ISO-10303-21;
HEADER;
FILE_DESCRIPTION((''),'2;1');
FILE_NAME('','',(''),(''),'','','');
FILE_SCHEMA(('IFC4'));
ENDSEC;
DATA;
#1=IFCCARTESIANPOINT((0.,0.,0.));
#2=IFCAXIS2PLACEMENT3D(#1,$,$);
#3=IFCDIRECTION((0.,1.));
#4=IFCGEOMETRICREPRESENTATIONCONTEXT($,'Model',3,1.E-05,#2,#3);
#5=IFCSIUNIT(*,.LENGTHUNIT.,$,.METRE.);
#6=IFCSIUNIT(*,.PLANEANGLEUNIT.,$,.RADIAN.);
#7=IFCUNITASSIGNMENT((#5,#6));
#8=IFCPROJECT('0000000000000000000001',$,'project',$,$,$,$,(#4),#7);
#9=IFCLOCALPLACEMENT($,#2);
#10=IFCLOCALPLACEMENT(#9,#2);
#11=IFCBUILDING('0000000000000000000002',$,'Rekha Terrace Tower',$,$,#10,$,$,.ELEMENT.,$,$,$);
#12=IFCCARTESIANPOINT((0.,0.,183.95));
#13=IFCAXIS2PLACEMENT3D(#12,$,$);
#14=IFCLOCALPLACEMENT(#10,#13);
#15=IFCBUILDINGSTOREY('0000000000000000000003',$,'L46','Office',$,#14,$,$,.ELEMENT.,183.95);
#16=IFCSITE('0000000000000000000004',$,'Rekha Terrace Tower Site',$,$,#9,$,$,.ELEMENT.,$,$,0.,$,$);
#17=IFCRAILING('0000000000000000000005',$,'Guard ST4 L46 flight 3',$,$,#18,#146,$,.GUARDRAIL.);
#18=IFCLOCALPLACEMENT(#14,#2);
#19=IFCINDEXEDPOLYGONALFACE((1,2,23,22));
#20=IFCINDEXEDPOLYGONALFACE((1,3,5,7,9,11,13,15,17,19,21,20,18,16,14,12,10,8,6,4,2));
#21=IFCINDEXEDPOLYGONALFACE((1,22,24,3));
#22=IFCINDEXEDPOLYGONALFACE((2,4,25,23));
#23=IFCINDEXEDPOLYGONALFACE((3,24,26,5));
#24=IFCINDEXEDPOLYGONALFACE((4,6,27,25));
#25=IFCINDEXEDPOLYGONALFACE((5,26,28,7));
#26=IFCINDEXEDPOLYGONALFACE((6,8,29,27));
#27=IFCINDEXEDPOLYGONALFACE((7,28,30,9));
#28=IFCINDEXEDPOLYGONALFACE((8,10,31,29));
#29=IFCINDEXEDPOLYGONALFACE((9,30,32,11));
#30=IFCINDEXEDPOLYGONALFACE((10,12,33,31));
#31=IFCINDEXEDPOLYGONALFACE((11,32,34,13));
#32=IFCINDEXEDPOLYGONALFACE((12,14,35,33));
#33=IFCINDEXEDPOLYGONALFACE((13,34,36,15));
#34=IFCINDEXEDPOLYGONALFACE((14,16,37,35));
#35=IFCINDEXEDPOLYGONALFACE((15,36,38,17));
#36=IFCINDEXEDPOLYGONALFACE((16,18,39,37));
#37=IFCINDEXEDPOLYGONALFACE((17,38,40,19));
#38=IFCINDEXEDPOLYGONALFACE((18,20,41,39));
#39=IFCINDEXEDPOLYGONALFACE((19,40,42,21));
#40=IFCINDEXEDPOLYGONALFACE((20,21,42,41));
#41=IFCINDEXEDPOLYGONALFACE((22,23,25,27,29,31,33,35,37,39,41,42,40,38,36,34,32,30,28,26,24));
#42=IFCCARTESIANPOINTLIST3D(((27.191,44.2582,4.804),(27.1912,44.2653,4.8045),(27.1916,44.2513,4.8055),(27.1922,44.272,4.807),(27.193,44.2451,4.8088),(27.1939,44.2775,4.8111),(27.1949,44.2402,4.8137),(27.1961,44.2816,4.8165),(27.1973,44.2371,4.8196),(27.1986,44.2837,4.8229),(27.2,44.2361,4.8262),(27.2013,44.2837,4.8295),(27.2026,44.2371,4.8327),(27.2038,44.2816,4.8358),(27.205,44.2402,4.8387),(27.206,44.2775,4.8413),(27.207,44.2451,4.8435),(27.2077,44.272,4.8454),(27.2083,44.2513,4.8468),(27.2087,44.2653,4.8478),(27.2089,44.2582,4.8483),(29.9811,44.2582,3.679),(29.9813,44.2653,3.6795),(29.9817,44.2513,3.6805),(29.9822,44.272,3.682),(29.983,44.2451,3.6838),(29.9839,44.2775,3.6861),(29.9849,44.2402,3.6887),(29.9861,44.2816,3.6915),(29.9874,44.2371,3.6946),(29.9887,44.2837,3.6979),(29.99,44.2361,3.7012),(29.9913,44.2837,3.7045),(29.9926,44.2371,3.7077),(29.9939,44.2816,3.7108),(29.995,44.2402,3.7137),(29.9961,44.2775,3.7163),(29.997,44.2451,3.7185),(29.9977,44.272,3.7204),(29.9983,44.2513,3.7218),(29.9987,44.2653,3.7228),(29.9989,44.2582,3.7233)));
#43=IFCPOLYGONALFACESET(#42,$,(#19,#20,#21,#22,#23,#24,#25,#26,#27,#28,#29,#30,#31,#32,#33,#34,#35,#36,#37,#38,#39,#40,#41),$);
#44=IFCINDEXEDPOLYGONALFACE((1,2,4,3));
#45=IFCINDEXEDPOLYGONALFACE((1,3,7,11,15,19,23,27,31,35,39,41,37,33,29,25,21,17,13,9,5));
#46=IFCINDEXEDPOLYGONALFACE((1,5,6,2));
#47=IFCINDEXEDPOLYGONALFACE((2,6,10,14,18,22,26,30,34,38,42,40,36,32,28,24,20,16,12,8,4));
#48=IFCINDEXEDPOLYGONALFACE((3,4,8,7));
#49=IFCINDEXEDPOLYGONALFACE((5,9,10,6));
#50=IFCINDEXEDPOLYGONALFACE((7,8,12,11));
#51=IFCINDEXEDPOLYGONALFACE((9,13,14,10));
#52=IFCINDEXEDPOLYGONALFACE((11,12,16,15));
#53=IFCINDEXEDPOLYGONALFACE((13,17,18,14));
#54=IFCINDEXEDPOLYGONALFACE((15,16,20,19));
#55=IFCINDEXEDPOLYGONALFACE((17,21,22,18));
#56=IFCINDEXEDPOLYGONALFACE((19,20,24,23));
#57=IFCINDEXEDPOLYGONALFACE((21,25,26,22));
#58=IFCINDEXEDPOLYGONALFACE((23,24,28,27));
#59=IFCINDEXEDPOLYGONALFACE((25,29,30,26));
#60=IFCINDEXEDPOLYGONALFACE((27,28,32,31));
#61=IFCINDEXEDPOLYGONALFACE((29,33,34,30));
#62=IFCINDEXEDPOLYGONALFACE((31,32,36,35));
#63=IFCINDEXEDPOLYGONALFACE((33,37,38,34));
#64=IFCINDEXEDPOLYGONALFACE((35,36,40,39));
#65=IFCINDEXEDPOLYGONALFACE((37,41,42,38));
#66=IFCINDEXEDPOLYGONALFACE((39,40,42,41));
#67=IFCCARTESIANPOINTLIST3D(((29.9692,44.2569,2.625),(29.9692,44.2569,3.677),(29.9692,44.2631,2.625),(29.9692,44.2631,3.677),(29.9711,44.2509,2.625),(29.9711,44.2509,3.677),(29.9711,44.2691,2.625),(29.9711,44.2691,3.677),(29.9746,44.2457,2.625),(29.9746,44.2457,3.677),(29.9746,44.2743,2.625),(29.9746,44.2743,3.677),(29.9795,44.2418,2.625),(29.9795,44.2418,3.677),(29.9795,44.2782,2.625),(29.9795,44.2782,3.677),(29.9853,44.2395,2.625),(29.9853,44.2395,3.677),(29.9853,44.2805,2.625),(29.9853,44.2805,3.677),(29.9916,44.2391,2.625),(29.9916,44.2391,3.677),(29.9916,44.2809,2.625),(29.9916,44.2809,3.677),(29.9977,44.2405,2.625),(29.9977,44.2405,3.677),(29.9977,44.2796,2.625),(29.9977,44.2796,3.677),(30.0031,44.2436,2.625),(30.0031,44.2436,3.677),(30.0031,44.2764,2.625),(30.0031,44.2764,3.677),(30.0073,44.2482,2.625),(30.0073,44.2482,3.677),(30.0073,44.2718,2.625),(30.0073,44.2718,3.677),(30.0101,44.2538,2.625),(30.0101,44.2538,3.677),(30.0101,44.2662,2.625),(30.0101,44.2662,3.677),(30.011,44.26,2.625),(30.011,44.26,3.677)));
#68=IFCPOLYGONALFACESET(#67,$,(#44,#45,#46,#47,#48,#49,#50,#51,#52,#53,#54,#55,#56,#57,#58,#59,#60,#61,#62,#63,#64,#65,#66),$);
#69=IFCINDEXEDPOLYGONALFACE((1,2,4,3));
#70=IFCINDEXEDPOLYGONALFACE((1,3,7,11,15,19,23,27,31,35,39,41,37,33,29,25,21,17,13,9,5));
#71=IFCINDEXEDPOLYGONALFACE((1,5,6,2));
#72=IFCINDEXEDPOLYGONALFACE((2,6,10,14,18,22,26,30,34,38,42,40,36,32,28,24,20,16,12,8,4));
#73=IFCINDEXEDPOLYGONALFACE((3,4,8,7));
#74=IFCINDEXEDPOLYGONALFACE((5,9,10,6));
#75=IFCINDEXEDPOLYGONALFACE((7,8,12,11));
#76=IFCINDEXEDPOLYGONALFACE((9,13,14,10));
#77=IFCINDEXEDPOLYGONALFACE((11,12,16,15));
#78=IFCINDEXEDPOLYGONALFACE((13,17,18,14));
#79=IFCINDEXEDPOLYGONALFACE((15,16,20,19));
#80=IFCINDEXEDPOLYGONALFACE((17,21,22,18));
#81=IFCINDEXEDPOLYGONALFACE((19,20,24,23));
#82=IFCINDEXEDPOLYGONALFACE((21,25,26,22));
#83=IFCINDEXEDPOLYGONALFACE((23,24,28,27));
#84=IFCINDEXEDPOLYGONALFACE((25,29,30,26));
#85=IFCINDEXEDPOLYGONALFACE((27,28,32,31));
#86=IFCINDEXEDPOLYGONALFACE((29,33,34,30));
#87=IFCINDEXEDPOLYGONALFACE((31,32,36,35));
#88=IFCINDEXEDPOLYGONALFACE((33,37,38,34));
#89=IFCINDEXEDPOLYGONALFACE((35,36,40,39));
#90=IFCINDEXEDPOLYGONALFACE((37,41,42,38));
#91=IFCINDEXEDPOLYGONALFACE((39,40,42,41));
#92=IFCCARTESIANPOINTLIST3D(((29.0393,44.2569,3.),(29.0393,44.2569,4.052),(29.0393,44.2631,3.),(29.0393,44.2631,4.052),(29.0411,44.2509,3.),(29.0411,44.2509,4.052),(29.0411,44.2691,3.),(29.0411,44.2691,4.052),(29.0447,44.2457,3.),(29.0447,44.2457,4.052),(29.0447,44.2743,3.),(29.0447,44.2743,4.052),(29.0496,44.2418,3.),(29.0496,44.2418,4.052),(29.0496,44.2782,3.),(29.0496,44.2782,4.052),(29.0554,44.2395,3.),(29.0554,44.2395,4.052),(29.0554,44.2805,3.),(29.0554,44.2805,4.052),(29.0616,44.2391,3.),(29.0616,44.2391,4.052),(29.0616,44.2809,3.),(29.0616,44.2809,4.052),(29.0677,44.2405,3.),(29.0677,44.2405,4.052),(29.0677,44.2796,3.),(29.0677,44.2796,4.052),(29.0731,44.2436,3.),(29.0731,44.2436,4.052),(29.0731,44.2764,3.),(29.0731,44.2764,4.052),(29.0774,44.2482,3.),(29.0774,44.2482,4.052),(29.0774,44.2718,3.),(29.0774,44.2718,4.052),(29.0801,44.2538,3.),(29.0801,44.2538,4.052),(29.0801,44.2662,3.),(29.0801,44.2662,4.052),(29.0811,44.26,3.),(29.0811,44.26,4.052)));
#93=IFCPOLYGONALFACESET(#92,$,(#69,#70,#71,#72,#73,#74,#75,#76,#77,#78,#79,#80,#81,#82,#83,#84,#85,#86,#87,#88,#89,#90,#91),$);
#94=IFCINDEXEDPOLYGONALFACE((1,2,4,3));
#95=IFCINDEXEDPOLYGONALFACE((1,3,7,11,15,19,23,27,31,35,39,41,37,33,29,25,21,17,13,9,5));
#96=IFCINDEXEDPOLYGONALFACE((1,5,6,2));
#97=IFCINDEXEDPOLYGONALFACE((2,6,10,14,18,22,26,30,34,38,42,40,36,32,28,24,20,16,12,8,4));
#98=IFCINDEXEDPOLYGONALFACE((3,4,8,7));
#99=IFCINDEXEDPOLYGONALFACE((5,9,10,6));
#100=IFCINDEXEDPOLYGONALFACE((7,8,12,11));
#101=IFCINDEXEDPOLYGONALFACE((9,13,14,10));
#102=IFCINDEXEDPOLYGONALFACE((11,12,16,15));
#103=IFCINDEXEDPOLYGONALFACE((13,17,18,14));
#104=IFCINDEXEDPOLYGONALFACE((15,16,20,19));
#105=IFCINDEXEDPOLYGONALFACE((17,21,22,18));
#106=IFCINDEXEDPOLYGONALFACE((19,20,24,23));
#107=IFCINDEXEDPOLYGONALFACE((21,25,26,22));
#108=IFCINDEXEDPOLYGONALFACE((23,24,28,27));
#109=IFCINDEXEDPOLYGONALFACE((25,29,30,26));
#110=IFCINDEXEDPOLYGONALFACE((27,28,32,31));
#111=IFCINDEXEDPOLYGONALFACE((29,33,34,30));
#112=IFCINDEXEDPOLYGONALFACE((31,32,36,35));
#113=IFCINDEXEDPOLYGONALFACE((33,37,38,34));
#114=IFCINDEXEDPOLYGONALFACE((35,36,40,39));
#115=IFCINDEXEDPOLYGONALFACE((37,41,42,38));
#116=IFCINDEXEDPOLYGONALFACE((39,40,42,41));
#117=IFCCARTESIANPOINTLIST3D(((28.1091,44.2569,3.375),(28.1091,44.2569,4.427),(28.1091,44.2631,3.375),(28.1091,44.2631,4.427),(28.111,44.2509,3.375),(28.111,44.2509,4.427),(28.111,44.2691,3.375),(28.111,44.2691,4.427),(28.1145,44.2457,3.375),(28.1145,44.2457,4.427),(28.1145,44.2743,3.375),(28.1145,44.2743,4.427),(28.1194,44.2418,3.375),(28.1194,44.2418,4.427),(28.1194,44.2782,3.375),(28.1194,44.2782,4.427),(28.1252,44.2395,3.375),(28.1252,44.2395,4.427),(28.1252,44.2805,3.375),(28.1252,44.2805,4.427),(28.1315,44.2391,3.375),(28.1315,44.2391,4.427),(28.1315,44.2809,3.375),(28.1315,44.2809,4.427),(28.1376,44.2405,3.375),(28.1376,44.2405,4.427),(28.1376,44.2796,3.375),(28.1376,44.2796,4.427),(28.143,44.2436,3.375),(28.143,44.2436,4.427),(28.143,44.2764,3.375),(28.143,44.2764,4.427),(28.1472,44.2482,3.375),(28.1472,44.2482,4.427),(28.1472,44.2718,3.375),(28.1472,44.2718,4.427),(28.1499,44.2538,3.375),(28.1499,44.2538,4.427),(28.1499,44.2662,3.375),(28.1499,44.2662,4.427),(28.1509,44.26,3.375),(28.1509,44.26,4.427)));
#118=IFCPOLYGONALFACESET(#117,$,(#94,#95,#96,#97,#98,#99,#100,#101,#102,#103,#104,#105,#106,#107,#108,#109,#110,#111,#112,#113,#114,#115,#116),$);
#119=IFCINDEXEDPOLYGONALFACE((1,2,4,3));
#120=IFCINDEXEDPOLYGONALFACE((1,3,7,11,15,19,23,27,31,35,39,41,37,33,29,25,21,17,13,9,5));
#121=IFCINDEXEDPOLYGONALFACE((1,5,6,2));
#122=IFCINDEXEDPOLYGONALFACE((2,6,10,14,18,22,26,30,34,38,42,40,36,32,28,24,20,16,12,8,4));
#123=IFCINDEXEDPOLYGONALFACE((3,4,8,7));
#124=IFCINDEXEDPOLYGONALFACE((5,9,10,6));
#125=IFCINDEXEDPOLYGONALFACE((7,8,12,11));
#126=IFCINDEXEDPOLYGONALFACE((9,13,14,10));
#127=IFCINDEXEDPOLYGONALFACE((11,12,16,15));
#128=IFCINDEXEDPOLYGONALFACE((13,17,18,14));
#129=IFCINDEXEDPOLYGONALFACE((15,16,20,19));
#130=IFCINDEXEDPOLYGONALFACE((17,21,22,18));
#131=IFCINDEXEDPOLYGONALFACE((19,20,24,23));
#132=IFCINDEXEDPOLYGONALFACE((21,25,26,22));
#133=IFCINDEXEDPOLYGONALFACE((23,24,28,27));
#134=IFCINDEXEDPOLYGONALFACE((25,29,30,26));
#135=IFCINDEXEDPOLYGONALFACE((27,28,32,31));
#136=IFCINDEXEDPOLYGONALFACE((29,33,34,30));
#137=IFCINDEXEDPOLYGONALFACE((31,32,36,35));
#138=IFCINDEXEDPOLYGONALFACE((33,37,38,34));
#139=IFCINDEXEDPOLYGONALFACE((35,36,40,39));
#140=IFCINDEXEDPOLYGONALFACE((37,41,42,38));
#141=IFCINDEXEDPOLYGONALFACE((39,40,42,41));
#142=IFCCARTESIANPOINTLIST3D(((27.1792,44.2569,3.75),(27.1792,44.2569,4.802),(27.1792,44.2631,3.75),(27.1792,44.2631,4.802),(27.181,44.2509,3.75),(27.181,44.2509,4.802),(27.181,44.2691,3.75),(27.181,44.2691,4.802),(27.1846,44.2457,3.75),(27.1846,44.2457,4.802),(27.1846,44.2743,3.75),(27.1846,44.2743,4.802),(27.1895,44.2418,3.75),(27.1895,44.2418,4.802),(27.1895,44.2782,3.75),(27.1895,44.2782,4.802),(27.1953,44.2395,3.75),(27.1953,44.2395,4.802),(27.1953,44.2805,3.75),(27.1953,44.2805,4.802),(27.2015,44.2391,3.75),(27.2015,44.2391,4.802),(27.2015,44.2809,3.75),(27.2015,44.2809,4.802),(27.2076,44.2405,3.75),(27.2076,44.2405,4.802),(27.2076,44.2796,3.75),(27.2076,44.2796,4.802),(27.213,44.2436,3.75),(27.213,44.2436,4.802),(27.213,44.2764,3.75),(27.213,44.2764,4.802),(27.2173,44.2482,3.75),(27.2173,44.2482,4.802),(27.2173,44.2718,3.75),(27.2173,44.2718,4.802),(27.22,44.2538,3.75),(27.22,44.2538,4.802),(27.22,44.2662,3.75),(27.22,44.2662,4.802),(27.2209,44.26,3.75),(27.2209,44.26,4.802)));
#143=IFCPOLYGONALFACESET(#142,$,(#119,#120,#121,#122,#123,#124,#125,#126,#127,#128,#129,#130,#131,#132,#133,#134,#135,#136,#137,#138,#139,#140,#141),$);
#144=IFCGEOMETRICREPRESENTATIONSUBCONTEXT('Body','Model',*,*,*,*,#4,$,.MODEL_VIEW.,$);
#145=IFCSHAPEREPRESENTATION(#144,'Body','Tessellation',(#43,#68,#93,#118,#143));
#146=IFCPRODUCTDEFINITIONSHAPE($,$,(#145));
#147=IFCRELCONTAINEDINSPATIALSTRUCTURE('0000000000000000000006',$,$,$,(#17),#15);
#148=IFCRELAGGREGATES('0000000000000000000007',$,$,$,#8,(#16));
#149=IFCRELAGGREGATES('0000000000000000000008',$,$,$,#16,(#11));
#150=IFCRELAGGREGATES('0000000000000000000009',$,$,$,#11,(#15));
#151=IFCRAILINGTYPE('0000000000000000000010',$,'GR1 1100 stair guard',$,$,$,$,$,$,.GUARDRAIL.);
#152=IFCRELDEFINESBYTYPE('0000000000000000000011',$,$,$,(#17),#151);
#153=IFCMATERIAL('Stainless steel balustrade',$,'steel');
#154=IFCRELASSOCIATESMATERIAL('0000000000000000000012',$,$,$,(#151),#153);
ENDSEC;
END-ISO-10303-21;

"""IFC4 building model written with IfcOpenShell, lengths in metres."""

from ifc_helpers import new_model, si_unit, direction, frame, origin, origin_2d, place, context, subcontext, project, spatial, circle, extrude, material, type_object, element, save


model = new_model("IFC4")

# Units and contexts
model_context = context("Model", 3, precision=1e-05, world=origin(), true_north=direction((0.0, 1.0)))
body_context = subcontext(model_context, "Body", "Model", "MODEL_VIEW")
ifc_project = project(units=[si_unit("LENGTHUNIT", "METRE"), si_unit("PLANEANGLEUNIT", "RADIAN")], contexts=[model_context])

# Site, building, storey
site_placement = place(None, origin())
site = spatial("IfcSite", under=ifc_project, at=site_placement, Name="Rekha Terrace Tower Site", CompositionType="ELEMENT", RefElevation=0.0)
building_placement = place(site_placement, origin())
building = spatial("IfcBuilding", under=site, at=building_placement, Name="Rekha Terrace Tower", CompositionType="ELEMENT")
storey_placement = place(building_placement, frame((0.0, 0.0, 183.95)))
storey = spatial("IfcBuildingStorey", under=building, at=storey_placement, Name="L46", Description="Office", CompositionType="ELEMENT", Elevation=183.95)

# Railing
ifc_material_1 = material(Name="Stainless steel balustrade", Category="steel")
railing_type_1 = type_object("IfcRailingType", Name="GR1 1100 stair guard", PredefinedType="GUARDRAIL", material=ifc_material_1)
railing_1_placement = place(storey_placement, frame((29.99, 44.26, 2.625)))
element("IfcRailing", 1, at=railing_1_placement, inside=storey, type_object=railing_type_1, Name="Guard ST4 L46 flight 3", PredefinedType="GUARDRAIL", context=body_context, shape_type="SweptSolid", body=[
    extrude(circle(Radius=0.0239, at=origin_2d()), frame((0.0, 0.0, 1.0762), z_axis=(-0.927443, 0.0, 0.373964), x_axis=(0.0, -1.0, 0.0)), (0.0, 0.0, 1.0), 3.0083),
    extrude(circle(Radius=0.021, at=origin_2d()), origin(), (0.0, 0.0, 1.0), 1.052),
    extrude(circle(Radius=0.021, at=origin_2d()), frame((-0.9299, 0.0, 0.375)), (0.0, 0.0, 1.0), 1.052),
    extrude(circle(Radius=0.021, at=origin_2d()), frame((-1.8601, 0.0, 0.75)), (0.0, 0.0, 1.0), 1.052),
    extrude(circle(Radius=0.021, at=origin_2d()), frame((-2.79, 0.0, 1.125)), (0.0, 0.0, 1.0), 1.052),
])

save(model, "model.ifc")
